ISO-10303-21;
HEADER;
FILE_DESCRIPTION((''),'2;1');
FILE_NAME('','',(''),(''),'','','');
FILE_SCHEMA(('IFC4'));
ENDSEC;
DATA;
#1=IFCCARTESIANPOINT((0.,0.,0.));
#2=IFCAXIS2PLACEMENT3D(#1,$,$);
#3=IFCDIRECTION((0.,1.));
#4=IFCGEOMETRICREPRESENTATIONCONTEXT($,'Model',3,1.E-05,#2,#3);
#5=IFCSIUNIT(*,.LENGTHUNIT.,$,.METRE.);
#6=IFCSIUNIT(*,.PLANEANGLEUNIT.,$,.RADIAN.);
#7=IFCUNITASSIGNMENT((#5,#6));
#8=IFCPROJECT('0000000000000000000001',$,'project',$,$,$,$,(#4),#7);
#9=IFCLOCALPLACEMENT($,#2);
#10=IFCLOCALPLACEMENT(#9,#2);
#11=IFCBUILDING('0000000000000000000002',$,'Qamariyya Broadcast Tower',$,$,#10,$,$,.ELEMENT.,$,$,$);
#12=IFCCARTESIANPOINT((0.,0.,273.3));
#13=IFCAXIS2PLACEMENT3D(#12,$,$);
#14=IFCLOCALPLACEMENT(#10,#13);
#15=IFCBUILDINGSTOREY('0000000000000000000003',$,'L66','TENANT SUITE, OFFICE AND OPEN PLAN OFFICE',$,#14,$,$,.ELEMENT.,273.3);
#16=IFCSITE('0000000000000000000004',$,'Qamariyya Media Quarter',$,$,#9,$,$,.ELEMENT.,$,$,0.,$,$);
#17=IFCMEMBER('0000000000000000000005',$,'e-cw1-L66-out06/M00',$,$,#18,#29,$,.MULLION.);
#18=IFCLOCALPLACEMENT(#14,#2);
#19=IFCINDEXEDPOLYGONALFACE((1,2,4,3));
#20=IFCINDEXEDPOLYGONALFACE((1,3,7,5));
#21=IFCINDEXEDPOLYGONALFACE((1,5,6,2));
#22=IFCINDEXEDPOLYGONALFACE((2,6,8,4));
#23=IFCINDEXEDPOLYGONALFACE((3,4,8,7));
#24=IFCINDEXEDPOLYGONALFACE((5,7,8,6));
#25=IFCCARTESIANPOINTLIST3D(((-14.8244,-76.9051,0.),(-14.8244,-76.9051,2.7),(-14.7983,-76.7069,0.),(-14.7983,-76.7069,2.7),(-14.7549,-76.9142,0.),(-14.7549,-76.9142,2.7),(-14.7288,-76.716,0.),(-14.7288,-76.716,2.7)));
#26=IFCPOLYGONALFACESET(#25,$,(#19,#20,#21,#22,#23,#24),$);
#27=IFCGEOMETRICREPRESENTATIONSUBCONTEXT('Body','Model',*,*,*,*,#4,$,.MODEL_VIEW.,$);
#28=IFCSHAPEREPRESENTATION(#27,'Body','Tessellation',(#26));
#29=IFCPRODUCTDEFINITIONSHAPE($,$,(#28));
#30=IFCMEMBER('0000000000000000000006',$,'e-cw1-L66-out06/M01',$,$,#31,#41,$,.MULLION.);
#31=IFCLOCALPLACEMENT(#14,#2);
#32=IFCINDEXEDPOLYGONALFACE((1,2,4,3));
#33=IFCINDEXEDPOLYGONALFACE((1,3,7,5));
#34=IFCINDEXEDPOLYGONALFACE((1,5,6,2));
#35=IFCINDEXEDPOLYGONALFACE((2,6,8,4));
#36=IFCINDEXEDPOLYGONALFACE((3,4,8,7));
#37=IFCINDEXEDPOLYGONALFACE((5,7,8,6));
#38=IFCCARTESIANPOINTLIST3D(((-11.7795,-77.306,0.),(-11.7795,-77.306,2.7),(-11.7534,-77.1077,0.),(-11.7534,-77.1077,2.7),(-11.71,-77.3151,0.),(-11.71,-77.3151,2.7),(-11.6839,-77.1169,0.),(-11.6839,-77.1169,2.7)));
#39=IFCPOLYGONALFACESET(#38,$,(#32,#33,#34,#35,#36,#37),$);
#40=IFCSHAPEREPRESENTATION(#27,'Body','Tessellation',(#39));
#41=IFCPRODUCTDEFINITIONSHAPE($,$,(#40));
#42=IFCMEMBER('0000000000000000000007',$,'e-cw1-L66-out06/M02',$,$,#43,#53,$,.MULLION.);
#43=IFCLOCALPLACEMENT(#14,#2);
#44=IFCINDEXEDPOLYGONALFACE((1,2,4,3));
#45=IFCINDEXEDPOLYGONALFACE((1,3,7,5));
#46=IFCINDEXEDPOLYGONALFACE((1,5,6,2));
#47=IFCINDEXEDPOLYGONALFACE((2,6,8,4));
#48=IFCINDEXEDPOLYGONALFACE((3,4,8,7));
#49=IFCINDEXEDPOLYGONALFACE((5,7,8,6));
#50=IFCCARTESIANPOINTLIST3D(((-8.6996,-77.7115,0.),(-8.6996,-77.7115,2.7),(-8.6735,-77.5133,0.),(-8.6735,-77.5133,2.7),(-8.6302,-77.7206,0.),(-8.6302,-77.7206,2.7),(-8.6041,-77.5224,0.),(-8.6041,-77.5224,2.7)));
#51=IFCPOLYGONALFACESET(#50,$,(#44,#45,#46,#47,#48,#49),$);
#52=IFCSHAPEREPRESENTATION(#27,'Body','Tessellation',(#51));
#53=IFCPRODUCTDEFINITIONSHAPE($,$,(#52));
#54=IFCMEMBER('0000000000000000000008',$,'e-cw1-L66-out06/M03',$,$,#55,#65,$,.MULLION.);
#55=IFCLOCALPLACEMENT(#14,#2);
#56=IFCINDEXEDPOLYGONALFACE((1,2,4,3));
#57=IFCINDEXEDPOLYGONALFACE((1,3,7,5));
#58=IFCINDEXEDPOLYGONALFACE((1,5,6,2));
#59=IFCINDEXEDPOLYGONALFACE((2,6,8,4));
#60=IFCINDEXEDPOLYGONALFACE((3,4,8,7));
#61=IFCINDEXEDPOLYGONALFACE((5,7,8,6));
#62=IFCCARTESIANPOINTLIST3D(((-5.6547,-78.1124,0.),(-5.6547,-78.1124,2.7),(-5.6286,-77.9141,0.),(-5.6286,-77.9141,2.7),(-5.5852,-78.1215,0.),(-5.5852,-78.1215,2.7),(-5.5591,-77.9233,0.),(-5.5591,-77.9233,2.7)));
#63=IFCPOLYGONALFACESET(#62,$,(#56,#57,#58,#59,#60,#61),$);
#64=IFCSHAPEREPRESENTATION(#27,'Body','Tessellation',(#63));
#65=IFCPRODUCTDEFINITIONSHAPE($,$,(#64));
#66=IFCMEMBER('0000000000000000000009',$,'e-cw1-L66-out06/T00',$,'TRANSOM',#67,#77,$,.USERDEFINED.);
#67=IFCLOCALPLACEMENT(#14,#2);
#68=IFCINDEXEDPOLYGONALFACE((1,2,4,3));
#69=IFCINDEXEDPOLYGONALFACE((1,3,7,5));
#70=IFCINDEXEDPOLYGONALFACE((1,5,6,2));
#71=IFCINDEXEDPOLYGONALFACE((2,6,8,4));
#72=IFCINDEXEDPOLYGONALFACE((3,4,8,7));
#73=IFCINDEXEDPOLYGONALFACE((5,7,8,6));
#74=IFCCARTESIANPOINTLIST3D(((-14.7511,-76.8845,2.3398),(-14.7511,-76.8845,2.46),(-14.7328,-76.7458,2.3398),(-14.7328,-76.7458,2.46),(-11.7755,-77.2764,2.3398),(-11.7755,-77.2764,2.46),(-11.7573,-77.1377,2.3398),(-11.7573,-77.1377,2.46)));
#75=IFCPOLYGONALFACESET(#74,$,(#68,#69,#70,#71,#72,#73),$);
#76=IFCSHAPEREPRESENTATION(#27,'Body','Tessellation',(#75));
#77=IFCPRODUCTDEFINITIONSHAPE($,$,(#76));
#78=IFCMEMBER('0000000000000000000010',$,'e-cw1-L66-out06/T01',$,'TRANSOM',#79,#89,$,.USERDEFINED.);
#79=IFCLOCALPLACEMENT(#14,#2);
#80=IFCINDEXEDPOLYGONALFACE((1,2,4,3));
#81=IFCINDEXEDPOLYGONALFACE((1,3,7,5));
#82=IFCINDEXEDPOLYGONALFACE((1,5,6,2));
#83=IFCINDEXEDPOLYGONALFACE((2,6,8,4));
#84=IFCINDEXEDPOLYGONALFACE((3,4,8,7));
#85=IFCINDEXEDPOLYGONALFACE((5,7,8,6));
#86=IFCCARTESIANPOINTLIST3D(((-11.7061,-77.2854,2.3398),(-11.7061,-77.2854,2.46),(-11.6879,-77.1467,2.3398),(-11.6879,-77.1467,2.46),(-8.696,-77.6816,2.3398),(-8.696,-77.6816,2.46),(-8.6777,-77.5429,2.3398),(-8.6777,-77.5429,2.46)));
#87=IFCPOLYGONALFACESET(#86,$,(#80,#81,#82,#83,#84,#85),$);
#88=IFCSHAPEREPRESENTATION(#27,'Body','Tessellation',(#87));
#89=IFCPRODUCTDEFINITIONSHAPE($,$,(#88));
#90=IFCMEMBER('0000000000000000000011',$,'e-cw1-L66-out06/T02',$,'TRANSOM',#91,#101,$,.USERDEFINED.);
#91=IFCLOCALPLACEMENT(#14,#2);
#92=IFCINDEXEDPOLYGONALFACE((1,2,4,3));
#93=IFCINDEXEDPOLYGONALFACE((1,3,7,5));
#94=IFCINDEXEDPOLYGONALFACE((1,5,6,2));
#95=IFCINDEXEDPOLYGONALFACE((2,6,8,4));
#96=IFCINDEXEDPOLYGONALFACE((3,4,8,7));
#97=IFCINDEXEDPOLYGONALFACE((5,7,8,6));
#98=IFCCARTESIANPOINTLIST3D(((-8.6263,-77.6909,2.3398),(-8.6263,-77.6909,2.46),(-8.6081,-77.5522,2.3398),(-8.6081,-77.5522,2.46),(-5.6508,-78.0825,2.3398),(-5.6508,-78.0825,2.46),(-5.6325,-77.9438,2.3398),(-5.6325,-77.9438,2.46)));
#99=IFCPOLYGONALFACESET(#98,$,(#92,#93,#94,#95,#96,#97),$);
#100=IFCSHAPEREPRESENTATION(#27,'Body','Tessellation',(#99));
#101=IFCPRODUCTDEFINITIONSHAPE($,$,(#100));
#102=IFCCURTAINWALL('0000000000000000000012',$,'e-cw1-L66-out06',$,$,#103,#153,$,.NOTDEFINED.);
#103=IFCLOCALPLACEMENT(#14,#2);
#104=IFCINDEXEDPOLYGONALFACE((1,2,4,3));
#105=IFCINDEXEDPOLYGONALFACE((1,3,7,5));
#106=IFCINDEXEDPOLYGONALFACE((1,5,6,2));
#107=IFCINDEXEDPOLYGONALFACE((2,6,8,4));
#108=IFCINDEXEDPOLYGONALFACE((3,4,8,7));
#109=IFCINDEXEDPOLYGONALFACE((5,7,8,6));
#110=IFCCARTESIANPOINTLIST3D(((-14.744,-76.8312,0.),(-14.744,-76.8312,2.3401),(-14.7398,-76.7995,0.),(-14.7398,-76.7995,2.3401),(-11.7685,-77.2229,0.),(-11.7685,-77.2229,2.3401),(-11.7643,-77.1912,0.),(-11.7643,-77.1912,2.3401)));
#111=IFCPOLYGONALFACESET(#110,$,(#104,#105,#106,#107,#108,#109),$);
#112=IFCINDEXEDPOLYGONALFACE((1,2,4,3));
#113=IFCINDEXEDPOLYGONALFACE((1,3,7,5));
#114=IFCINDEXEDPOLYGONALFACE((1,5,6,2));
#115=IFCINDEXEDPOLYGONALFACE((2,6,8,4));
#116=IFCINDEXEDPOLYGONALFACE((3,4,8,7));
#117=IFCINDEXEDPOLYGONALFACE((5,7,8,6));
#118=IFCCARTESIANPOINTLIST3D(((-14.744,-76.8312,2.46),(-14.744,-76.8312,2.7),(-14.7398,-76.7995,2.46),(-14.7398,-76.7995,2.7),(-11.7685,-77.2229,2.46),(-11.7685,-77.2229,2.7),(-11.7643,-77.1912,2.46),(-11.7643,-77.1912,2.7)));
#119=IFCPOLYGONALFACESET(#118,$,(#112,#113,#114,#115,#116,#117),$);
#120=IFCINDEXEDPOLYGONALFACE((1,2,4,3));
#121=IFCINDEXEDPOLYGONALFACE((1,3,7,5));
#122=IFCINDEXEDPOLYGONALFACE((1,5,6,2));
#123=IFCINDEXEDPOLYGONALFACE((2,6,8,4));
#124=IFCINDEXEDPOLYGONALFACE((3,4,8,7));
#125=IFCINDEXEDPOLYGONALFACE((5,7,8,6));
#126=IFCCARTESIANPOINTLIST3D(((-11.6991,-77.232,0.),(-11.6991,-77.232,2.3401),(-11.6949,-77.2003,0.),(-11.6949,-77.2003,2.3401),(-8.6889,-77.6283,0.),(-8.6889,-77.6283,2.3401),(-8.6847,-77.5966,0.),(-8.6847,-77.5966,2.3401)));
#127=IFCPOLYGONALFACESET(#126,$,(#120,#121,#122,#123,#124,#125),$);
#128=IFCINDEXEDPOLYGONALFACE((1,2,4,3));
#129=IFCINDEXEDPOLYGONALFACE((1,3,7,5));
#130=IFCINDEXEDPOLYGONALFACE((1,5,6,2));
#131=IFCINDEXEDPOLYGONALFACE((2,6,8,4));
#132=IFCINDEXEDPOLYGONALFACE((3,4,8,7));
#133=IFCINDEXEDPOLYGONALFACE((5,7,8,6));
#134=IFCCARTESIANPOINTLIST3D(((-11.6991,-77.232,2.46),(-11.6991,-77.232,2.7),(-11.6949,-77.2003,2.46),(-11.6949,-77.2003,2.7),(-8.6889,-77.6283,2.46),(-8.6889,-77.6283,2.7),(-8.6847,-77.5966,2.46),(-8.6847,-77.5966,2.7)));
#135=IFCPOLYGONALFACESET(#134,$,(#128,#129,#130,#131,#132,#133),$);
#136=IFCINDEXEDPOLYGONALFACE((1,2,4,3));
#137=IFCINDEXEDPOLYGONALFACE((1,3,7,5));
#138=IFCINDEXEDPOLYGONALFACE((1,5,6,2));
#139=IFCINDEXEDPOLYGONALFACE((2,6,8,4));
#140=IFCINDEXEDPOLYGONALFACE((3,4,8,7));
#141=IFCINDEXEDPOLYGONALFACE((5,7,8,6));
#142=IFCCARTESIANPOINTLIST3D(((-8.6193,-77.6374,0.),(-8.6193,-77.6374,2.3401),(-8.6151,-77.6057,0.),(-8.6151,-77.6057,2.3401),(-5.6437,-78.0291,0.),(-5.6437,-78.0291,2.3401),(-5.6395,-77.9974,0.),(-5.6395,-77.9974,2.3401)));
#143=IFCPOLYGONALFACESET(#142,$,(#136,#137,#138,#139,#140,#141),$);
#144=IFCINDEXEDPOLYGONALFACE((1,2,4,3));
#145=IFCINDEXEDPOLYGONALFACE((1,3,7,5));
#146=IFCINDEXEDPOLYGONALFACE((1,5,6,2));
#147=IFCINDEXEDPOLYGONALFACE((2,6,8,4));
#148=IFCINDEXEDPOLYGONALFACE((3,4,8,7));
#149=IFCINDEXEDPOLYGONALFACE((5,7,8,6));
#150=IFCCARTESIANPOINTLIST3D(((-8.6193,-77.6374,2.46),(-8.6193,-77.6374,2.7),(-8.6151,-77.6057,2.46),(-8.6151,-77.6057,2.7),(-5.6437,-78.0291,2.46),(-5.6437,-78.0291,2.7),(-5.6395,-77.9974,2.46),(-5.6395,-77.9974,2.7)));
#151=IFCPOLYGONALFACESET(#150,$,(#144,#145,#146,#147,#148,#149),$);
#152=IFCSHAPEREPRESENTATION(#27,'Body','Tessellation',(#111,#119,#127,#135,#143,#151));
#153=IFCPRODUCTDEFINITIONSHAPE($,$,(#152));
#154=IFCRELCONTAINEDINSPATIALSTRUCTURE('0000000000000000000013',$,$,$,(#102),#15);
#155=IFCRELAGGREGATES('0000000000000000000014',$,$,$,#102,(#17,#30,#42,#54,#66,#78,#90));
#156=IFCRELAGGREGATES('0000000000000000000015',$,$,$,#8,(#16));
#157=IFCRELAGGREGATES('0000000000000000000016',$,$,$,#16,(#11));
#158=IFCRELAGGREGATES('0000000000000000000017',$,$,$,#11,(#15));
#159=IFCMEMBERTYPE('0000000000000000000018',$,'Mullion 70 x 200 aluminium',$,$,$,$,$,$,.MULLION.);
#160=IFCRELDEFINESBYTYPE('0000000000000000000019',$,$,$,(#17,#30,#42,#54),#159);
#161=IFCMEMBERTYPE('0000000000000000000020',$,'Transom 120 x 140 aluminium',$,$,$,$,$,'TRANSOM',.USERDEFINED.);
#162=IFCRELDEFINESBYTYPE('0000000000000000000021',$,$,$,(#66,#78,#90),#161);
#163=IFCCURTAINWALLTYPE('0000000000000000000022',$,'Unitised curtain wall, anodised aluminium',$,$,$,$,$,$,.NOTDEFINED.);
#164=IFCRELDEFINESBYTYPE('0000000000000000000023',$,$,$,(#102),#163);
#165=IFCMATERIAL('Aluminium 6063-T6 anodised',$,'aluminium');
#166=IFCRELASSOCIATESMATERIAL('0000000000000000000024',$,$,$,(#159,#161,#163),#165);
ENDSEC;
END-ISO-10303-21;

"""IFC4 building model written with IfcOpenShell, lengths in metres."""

from ifc_helpers import new_model, si_unit, direction, frame, origin, origin_2d, place, context, subcontext, project, spatial, rectangle, extrude, material, material_profile, profile_set, type_object, element, aggregate, save


model = new_model("IFC4")

# Units and contexts
model_context = context("Model", 3, precision=1e-05, world=origin(), true_north=direction((0.0, 1.0)))
body_context = subcontext(model_context, "Body", "Model", "MODEL_VIEW")
ifc_project = project(units=[si_unit("LENGTHUNIT", "METRE"), si_unit("PLANEANGLEUNIT", "RADIAN")], contexts=[model_context])

# Members
ifc_material = material(Name="Aluminium 6063-T6 anodised", Category="aluminium")
ifc_material_profile_1 = material_profile(ifc_material, rectangle(XDim=0.2, YDim=0.0701, at=origin_2d()))
ifc_profile_set_1 = profile_set([ifc_material_profile_1], Name="Aluminium 6063-T6 anodised")
member_type_1 = type_object("IfcMemberType", Name="Mullion 70 x 200 aluminium", PredefinedType="MULLION", material=ifc_profile_set_1)
site_placement = place(None, origin())
building_placement = place(site_placement, origin())
storey_placement = place(building_placement, frame((0.0, 0.0, 273.3)))
member_1_placement = place(storey_placement, frame((-14.7766, -76.8105, 0.0), z_axis=(0.0, 0.0, 1.0), x_axis=(0.130526, 0.991445, 0.0)))
member_1 = element("IfcMember", 1, at=member_1_placement, type_object=member_type_1, Name="e-cw1-L66-out06/M00", PredefinedType="MULLION", context=body_context, shape_type="SweptSolid", body=[
    extrude(rectangle(XDim=0.2, YDim=0.0701, at=origin_2d()), origin(), (0.0, 0.0, 1.0), 2.7),
])
member_2_placement = place(storey_placement, frame((-11.7317, -77.2114, 0.0), z_axis=(0.0, 0.0, 1.0), x_axis=(0.130526, 0.991445, 0.0)))
member_2 = element("IfcMember", 2, at=member_2_placement, type_object=member_type_1, Name="e-cw1-L66-out06/M01", PredefinedType="MULLION", context=body_context, shape_type="SweptSolid", body=[
    extrude(rectangle(XDim=0.2, YDim=0.0701, at=origin_2d()), origin(), (0.0, 0.0, 1.0), 2.7),
])
member_3_placement = place(storey_placement, frame((-8.6519, -77.6169, 0.0), z_axis=(0.0, 0.0, 1.0), x_axis=(0.130526, 0.991445, 0.0)))
member_3 = element("IfcMember", 3, at=member_3_placement, type_object=member_type_1, Name="e-cw1-L66-out06/M02", PredefinedType="MULLION", context=body_context, shape_type="SweptSolid", body=[
    extrude(rectangle(XDim=0.2, YDim=0.0701, at=origin_2d()), origin(), (0.0, 0.0, 1.0), 2.7),
])
member_4_placement = place(storey_placement, frame((-5.6069, -78.0178, 0.0), z_axis=(0.0, 0.0, 1.0), x_axis=(0.130526, 0.991445, 0.0)))
member_4 = element("IfcMember", 4, at=member_4_placement, type_object=member_type_1, Name="e-cw1-L66-out06/M03", PredefinedType="MULLION", context=body_context, shape_type="SweptSolid", body=[
    extrude(rectangle(XDim=0.2, YDim=0.0701, at=origin_2d()), origin(), (0.0, 0.0, 1.0), 2.7),
])
ifc_material_profile_2 = material_profile(ifc_material, rectangle(XDim=0.1399, YDim=0.1201, at=origin_2d()))
ifc_profile_set_2 = profile_set([ifc_material_profile_2], Name="Aluminium 6063-T6 anodised")
member_type_2 = type_object("IfcMemberType", Name="Transom 120 x 140 aluminium", ElementType="TRANSOM", PredefinedType="USERDEFINED", material=ifc_profile_set_2)
member_5_placement = place(storey_placement, frame((-14.7419, -76.8152, 2.3999), z_axis=(0.99144, -0.13056, 0.0), x_axis=(0.13056, 0.99144, 0.0)))
member_5 = element("IfcMember", 5, at=member_5_placement, type_object=member_type_2, Name="e-cw1-L66-out06/T00", ObjectType="TRANSOM", PredefinedType="USERDEFINED", context=body_context, shape_type="SweptSolid", body=[
    extrude(rectangle(XDim=0.1399, YDim=0.1201, at=origin_2d()), origin(), (0.0, 0.0, 1.0), 3.0012),
])
member_6_placement = place(storey_placement, frame((-11.697, -77.2161, 2.3999), z_axis=(0.991448, -0.130504, 0.0), x_axis=(0.130504, 0.991448, 0.0)))
member_6 = element("IfcMember", 6, at=member_6_placement, type_object=member_type_2, Name="e-cw1-L66-out06/T01", ObjectType="TRANSOM", PredefinedType="USERDEFINED", context=body_context, shape_type="SweptSolid", body=[
    extrude(rectangle(XDim=0.1399, YDim=0.1201, at=origin_2d()), origin(), (0.0, 0.0, 1.0), 3.0361),
])
member_7_placement = place(storey_placement, frame((-8.6172, -77.6216, 2.3999), z_axis=(0.991451, -0.13048, 0.0), x_axis=(0.13048, 0.991451, 0.0)))
member_7 = element("IfcMember", 7, at=member_7_placement, type_object=member_type_2, Name="e-cw1-L66-out06/T02", ObjectType="TRANSOM", PredefinedType="USERDEFINED", context=body_context, shape_type="SweptSolid", body=[
    extrude(rectangle(XDim=0.1399, YDim=0.1201, at=origin_2d()), origin(), (0.0, 0.0, 1.0), 3.0012),
])

# Site, building, storey
site = spatial("IfcSite", under=ifc_project, at=site_placement, Name="Qamariyya Media Quarter", CompositionType="ELEMENT", RefElevation=0.0)
building = spatial("IfcBuilding", under=site, at=building_placement, Name="Qamariyya Broadcast Tower", CompositionType="ELEMENT")
storey = spatial("IfcBuildingStorey", under=building, at=storey_placement, Name="L66", Description="TENANT SUITE, OFFICE AND OPEN PLAN OFFICE", CompositionType="ELEMENT", Elevation=273.3)

# Curtain wall
curtain_wall_type = type_object("IfcCurtainWallType", Name="Unitised curtain wall, anodised aluminium", PredefinedType="NOTDEFINED", material=ifc_material)
curtain_wall_1_placement = place(storey_placement, origin())
curtain_wall_1 = element("IfcCurtainWall", 8, at=curtain_wall_1_placement, inside=storey, type_object=curtain_wall_type, Name="e-cw1-L66-out06", PredefinedType="NOTDEFINED", context=body_context, shape_type="SweptSolid", body=[
    extrude(rectangle(XDim=3.0012, YDim=0.032, at=origin_2d()), frame((-13.2542, -77.0112, 0.0), x_axis=(0.991445, -0.130523, 0.0)), (0.0, 0.0, 1.0), 2.3401),
    extrude(rectangle(XDim=3.0012, YDim=0.032, at=origin_2d()), frame((-13.2542, -77.0112, 2.46), x_axis=(0.991445, -0.130523, 0.0)), (0.0, 0.0, 1.0), 0.24),
    extrude(rectangle(XDim=3.0361, YDim=0.032, at=origin_2d()), frame((-10.1919, -77.4143, 0.0), x_axis=(0.991445, -0.130523, 0.0)), (0.0, 0.0, 1.0), 2.3401),
    extrude(rectangle(XDim=3.0361, YDim=0.032, at=origin_2d()), frame((-10.1919, -77.4143, 2.46), x_axis=(0.991445, -0.130523, 0.0)), (0.0, 0.0, 1.0), 0.24),
    extrude(rectangle(XDim=3.0012, YDim=0.032, at=origin_2d()), frame((-7.1294, -77.8174, 0.0), x_axis=(0.991445, -0.130523, 0.0)), (0.0, 0.0, 1.0), 2.3401),
    extrude(rectangle(XDim=3.0012, YDim=0.032, at=origin_2d()), frame((-7.1294, -77.8174, 2.46), x_axis=(0.991445, -0.130523, 0.0)), (0.0, 0.0, 1.0), 0.24),
])
aggregate(curtain_wall_1, [member_1, member_2, member_3, member_4, member_5, member_6, member_7])

save(model, "model.ifc")
